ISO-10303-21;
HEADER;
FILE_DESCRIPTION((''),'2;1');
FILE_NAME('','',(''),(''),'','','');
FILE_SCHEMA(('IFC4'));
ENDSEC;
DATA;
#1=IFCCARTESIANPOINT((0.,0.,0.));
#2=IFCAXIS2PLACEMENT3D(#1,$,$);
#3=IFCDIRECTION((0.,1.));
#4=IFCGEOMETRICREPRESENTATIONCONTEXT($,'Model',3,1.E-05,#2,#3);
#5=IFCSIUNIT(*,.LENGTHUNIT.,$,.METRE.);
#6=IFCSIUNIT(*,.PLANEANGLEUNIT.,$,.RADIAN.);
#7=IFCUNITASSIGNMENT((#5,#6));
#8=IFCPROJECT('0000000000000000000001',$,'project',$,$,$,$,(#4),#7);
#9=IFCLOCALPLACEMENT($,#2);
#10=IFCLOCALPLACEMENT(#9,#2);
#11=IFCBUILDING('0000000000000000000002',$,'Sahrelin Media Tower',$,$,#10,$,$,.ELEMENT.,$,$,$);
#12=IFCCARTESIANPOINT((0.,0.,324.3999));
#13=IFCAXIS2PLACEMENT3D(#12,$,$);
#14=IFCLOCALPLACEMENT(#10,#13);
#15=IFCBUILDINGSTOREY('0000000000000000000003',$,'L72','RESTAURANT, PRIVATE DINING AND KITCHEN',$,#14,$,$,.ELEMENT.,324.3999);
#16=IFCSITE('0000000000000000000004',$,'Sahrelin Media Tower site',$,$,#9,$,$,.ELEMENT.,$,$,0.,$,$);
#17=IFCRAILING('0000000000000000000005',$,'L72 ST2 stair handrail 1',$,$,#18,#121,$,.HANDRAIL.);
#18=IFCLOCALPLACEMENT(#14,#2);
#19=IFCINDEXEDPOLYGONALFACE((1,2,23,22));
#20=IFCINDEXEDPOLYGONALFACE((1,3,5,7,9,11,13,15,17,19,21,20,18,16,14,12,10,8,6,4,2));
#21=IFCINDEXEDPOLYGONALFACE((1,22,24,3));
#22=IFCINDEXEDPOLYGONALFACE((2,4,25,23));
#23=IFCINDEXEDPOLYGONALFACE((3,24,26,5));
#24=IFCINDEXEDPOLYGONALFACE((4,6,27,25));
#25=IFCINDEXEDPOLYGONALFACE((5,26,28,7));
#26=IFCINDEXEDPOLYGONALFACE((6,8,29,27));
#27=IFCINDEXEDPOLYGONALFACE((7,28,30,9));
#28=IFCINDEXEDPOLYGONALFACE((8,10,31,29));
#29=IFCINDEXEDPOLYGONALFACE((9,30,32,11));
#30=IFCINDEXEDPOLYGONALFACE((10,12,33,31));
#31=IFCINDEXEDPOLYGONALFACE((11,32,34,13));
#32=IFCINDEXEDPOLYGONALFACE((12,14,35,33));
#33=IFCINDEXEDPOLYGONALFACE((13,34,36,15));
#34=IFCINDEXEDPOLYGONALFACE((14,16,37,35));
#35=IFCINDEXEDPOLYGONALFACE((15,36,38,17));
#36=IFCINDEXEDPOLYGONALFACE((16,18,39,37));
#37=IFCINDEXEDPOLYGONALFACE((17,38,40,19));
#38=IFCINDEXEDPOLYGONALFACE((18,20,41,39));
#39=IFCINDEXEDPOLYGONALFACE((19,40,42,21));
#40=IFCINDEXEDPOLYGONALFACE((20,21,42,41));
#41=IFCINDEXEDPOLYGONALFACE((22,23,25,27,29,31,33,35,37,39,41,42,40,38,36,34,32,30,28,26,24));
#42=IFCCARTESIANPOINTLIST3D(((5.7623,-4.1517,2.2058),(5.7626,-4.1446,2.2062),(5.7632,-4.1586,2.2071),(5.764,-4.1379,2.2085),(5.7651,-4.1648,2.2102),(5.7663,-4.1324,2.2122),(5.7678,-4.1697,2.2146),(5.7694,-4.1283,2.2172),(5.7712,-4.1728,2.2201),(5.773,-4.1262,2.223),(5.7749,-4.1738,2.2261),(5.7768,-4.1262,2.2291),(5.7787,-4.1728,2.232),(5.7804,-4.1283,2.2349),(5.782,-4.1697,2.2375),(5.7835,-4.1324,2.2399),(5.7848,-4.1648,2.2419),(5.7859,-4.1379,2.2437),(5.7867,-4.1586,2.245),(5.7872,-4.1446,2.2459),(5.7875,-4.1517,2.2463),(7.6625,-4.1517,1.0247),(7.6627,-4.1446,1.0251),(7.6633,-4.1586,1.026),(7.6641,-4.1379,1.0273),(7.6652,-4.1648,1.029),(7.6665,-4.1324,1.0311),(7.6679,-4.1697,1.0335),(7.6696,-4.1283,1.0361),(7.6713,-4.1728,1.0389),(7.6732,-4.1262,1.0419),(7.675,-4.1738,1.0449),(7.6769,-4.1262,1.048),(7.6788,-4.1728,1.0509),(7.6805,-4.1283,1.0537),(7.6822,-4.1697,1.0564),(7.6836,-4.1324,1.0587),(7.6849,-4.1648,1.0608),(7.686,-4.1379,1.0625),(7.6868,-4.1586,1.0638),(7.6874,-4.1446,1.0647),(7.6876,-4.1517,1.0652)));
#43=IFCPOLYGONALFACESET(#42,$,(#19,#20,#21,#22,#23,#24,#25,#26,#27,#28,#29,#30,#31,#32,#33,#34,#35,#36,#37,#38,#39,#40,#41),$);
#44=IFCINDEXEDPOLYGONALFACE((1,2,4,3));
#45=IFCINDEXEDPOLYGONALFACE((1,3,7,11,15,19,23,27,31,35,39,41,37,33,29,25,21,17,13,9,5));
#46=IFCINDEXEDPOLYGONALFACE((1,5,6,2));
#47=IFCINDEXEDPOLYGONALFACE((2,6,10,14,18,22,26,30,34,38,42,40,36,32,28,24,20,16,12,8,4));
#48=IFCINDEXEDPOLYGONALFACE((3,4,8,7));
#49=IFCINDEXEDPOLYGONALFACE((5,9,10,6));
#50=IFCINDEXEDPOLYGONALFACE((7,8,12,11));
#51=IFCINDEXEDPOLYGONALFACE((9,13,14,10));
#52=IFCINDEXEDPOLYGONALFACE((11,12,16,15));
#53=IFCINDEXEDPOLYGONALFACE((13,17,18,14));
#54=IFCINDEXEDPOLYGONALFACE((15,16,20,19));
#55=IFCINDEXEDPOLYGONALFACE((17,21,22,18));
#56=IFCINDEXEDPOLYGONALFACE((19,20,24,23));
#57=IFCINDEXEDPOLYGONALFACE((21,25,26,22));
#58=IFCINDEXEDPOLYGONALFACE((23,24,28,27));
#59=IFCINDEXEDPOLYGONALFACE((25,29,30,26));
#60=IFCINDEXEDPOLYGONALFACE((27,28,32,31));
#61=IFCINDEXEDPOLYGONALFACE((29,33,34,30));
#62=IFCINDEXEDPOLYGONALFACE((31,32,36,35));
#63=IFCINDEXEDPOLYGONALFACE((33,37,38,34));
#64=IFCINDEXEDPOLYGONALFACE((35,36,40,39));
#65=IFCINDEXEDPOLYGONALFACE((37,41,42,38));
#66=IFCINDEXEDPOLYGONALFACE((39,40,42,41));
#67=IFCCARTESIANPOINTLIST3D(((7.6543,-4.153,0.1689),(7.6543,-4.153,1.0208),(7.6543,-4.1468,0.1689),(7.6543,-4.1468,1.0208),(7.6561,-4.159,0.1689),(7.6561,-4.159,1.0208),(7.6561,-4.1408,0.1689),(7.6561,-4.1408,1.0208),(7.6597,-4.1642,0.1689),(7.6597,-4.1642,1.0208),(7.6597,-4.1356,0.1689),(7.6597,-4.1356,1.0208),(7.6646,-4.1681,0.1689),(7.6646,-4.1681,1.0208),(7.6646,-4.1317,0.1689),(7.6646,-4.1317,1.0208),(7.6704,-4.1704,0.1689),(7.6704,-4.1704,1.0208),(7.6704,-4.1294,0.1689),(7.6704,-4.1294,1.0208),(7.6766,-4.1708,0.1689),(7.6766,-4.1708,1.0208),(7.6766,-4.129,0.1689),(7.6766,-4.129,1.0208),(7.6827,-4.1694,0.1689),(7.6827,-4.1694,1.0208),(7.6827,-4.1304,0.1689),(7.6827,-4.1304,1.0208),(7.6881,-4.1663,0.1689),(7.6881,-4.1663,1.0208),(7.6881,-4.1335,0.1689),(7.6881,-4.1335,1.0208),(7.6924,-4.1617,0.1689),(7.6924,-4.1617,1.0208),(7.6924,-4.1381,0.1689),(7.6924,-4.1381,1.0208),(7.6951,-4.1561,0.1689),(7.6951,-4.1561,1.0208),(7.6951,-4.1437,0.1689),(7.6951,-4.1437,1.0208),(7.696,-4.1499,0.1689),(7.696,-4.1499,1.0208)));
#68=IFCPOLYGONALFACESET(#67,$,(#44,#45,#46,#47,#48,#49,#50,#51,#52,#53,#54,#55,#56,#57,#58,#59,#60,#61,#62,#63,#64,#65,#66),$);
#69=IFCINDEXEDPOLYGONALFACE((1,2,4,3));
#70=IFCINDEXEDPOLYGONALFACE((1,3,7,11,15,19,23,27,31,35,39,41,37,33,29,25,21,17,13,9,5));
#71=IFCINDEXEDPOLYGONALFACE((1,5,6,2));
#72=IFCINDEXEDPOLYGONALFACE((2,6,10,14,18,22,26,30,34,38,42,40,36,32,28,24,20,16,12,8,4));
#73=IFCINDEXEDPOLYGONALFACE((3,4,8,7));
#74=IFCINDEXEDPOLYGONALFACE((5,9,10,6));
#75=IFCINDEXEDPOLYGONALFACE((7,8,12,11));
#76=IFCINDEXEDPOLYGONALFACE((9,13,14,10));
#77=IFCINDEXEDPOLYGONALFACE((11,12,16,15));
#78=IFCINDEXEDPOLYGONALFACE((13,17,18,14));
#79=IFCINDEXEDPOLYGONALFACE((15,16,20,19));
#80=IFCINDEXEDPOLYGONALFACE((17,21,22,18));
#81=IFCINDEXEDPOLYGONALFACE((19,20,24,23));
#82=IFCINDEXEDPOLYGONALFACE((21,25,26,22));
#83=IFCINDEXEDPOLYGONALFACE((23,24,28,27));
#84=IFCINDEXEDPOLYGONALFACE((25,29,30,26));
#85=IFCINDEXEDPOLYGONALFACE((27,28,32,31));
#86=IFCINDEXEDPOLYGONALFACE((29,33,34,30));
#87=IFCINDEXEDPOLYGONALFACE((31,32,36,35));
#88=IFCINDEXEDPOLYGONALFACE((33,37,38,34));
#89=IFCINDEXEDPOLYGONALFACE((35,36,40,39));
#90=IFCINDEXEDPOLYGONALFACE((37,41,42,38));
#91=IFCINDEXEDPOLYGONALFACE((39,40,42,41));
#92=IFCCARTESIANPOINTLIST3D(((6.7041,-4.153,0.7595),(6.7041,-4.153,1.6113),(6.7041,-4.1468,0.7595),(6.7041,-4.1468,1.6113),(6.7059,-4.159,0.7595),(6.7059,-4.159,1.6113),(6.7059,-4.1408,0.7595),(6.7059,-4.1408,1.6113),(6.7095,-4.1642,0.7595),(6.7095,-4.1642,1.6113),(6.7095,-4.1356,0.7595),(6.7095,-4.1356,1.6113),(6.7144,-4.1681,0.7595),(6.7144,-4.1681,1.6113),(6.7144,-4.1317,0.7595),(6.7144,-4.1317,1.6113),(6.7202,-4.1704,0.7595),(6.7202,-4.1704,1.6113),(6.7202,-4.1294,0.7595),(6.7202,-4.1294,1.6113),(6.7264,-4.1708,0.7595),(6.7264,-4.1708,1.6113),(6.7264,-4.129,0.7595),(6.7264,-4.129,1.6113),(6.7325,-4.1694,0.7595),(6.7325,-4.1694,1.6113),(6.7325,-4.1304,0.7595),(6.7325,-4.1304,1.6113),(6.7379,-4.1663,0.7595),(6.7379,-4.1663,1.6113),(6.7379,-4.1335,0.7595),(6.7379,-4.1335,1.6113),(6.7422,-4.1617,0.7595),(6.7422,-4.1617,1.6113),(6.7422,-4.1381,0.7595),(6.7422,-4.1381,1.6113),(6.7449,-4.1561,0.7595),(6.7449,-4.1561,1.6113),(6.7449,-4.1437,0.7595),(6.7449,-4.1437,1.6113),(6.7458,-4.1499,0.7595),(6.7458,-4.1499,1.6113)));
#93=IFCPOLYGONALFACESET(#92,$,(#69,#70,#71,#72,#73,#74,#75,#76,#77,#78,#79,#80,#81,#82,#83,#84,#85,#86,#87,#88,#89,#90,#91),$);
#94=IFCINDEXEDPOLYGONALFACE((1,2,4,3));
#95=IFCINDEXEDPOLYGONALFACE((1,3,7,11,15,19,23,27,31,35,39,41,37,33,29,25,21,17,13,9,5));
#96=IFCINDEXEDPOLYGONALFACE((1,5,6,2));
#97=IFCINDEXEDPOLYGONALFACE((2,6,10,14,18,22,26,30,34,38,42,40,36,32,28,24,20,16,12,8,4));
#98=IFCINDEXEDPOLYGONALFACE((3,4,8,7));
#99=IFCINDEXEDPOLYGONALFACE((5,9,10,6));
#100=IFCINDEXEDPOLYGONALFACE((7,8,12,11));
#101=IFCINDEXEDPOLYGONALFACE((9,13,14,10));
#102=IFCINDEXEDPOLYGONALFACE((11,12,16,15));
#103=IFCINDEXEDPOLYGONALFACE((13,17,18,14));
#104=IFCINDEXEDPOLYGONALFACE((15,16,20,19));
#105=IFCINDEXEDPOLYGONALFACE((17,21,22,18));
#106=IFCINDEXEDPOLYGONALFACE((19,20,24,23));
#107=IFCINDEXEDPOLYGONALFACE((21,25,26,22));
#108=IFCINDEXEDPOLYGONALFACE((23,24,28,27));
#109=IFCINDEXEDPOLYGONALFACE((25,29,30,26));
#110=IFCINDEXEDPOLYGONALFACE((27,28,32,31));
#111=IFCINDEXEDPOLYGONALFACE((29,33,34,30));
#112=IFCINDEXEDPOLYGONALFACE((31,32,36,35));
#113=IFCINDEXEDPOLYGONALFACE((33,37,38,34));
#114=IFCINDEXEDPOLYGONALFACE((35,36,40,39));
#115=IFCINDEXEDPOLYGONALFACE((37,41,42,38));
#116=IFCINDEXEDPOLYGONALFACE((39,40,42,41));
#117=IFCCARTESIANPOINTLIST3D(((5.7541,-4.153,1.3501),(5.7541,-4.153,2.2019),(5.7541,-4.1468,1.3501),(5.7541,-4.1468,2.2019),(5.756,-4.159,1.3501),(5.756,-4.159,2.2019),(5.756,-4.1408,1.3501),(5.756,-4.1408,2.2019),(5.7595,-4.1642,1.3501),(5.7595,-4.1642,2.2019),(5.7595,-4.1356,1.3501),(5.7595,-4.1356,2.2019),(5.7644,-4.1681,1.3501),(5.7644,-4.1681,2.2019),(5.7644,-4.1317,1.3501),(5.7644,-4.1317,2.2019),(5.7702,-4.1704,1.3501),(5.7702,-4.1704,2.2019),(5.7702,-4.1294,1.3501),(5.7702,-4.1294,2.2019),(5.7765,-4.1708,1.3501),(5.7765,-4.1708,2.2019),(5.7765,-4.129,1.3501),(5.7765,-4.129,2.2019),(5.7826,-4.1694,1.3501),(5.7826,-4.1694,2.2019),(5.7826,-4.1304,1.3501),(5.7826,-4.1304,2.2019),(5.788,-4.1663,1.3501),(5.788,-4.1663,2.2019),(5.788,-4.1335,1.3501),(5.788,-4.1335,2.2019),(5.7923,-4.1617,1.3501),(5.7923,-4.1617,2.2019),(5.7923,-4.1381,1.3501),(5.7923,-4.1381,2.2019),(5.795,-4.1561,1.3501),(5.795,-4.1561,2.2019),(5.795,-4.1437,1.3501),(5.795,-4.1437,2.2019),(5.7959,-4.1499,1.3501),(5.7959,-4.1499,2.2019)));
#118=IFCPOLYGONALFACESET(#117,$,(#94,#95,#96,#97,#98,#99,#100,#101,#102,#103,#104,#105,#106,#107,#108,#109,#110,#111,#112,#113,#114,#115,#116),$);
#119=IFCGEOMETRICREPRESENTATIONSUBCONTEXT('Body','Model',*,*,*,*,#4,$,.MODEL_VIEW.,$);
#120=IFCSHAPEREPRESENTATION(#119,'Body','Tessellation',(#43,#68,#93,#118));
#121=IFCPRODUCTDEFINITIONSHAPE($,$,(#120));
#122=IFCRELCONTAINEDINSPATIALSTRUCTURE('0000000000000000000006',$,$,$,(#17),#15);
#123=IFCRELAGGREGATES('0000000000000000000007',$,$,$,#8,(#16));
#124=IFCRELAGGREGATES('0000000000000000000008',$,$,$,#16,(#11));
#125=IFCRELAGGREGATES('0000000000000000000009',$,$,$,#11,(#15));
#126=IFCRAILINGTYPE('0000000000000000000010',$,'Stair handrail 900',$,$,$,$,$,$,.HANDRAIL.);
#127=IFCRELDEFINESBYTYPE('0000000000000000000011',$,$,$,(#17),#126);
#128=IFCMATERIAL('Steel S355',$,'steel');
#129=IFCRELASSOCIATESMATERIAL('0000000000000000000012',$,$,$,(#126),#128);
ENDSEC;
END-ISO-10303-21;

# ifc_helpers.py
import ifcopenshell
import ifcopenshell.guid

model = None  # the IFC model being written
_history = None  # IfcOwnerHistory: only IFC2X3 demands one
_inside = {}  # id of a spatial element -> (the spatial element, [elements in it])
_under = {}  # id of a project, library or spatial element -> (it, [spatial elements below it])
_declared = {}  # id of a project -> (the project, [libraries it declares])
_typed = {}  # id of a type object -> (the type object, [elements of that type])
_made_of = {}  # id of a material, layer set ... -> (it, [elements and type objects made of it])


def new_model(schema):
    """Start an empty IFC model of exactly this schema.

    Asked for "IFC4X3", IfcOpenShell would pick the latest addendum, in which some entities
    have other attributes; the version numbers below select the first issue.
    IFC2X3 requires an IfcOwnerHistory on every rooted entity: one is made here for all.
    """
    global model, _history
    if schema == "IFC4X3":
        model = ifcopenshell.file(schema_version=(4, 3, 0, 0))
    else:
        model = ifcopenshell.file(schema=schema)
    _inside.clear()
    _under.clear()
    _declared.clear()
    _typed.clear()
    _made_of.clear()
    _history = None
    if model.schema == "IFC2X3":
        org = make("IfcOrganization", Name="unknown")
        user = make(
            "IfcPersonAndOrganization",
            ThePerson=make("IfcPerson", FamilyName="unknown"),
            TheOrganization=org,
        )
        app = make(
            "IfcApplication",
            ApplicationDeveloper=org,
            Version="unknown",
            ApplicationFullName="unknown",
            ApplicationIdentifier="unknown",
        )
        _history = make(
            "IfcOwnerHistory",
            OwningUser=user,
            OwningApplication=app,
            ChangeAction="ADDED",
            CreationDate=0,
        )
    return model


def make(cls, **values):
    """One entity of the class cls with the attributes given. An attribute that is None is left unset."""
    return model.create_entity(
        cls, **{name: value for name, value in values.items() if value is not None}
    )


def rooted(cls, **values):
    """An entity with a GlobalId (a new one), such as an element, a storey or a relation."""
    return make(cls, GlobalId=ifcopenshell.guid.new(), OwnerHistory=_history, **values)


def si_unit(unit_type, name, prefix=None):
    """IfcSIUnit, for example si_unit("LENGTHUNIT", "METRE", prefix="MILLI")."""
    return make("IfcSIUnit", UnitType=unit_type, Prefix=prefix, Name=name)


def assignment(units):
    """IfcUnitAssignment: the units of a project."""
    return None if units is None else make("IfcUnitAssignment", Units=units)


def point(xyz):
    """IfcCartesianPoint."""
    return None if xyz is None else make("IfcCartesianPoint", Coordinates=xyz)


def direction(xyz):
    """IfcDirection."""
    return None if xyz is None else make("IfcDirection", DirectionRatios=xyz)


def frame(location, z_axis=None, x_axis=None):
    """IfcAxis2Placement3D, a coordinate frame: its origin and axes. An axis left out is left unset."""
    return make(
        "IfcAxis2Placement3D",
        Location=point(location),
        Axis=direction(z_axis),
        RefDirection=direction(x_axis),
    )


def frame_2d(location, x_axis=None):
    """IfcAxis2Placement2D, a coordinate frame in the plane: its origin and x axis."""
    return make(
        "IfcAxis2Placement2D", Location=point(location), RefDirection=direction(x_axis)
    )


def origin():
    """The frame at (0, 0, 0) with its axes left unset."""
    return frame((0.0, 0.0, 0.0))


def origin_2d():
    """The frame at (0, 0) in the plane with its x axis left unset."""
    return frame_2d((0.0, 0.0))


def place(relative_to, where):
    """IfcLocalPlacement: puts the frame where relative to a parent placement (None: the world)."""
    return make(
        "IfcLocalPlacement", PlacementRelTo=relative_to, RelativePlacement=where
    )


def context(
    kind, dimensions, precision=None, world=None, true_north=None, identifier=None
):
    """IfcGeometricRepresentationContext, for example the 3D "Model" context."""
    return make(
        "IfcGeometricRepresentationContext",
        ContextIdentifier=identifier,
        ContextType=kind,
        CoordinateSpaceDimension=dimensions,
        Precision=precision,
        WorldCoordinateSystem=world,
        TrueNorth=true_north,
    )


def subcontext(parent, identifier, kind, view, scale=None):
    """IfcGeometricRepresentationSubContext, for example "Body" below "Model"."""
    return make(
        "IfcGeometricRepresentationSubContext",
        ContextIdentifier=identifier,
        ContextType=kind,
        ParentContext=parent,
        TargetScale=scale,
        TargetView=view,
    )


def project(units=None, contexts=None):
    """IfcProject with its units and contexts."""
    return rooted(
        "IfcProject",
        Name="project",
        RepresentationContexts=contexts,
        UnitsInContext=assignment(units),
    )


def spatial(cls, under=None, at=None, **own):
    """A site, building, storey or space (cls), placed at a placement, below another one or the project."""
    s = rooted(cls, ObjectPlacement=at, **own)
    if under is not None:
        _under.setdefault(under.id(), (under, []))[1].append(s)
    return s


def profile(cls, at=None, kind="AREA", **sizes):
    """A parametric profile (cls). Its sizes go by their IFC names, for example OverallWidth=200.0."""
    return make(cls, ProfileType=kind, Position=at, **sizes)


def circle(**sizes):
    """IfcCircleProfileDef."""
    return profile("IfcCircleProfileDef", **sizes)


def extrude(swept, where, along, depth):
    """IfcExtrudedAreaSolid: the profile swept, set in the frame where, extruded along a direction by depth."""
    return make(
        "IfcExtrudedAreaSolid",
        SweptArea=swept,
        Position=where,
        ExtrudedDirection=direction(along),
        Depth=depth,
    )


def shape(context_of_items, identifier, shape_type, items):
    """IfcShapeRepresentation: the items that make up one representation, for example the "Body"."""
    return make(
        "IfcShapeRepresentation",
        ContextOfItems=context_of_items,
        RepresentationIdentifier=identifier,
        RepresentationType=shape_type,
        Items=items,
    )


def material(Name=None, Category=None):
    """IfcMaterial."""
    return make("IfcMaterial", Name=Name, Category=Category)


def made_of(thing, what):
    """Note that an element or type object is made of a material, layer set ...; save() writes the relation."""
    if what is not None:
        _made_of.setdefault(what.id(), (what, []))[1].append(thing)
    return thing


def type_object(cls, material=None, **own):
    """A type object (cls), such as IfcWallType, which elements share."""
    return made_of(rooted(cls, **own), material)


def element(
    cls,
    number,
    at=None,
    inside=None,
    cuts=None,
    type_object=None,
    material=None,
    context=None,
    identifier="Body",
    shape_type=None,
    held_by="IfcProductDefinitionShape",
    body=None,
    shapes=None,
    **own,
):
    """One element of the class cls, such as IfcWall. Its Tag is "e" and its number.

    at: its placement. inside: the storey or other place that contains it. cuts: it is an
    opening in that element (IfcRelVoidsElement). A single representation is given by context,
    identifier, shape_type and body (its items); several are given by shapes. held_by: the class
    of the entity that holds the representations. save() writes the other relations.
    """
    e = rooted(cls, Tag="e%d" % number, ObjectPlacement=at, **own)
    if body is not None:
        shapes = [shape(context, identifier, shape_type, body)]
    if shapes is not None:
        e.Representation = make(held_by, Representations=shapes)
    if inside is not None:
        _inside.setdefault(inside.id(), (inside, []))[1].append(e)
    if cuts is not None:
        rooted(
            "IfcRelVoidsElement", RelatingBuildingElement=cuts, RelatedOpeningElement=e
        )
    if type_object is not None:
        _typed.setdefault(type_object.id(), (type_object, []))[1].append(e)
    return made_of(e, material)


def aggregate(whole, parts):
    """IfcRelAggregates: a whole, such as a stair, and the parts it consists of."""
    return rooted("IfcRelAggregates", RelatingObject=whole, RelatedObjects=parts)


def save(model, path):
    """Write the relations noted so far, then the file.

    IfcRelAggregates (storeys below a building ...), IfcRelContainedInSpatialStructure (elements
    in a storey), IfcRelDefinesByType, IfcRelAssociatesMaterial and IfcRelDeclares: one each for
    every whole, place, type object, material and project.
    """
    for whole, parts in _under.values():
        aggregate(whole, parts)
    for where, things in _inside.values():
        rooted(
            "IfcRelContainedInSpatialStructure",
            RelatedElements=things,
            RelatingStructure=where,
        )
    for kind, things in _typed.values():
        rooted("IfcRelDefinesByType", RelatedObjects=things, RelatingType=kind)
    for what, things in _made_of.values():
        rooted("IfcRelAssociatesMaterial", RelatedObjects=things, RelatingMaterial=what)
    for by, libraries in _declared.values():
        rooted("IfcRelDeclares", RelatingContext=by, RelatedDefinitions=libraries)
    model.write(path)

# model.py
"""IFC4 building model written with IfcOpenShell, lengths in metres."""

from ifc_helpers import new_model, si_unit, direction, frame, origin, origin_2d, place, context, subcontext, project, spatial, circle, extrude, material, type_object, element, save


model = new_model("IFC4")

# Units and contexts
model_context = context("Model", 3, precision=1e-05, world=origin(), true_north=direction((0.0, 1.0)))
body_context = subcontext(model_context, "Body", "Model", "MODEL_VIEW")
ifc_project = project(units=[si_unit("LENGTHUNIT", "METRE"), si_unit("PLANEANGLEUNIT", "RADIAN")], contexts=[model_context])

# Site, building, storey
site_placement = place(None, origin())
site = spatial("IfcSite", under=ifc_project, at=site_placement, Name="Sahrelin Media Tower site", CompositionType="ELEMENT", RefElevation=0.0)
building_placement = place(site_placement, origin())
building = spatial("IfcBuilding", under=site, at=building_placement, Name="Sahrelin Media Tower", CompositionType="ELEMENT")
storey_placement = place(building_placement, frame((0.0, 0.0, 324.3999)))
storey = spatial("IfcBuildingStorey", under=building, at=storey_placement, Name="L72", Description="RESTAURANT, PRIVATE DINING AND KITCHEN", CompositionType="ELEMENT", Elevation=324.3999)

# Railing
ifc_material_1 = material(Name="Steel S355", Category="steel")
railing_type_1 = type_object("IfcRailingType", Name="Stair handrail 900", PredefinedType="HANDRAIL", material=ifc_material_1)
railing_1_placement = place(storey_placement, frame((7.675, -4.1499, 0.1689)))
element("IfcRailing", 1, at=railing_1_placement, inside=storey, type_object=railing_type_1, Name="L72 ST2 stair handrail 1", PredefinedType="HANDRAIL", context=body_context, shape_type="SweptSolid", body=[
    extrude(circle(Radius=0.0239, at=origin_2d()), frame((0.0, 0.0, 0.876), z_axis=(-0.849289, 0.0, 0.527928), x_axis=(0.0, -1.0, 0.0)), (0.0, 0.0, 1.0), 2.2373),
    extrude(circle(Radius=0.021, at=origin_2d()), origin(), (0.0, 0.0, 1.0), 0.8518),
    extrude(circle(Radius=0.021, at=origin_2d()), frame((-0.9502, 0.0, 0.5906)), (0.0, 0.0, 1.0), 0.8518),
    extrude(circle(Radius=0.021, at=origin_2d()), frame((-1.9001, 0.0, 1.1812)), (0.0, 0.0, 1.0), 0.8518),
])

save(model, "model.ifc")
